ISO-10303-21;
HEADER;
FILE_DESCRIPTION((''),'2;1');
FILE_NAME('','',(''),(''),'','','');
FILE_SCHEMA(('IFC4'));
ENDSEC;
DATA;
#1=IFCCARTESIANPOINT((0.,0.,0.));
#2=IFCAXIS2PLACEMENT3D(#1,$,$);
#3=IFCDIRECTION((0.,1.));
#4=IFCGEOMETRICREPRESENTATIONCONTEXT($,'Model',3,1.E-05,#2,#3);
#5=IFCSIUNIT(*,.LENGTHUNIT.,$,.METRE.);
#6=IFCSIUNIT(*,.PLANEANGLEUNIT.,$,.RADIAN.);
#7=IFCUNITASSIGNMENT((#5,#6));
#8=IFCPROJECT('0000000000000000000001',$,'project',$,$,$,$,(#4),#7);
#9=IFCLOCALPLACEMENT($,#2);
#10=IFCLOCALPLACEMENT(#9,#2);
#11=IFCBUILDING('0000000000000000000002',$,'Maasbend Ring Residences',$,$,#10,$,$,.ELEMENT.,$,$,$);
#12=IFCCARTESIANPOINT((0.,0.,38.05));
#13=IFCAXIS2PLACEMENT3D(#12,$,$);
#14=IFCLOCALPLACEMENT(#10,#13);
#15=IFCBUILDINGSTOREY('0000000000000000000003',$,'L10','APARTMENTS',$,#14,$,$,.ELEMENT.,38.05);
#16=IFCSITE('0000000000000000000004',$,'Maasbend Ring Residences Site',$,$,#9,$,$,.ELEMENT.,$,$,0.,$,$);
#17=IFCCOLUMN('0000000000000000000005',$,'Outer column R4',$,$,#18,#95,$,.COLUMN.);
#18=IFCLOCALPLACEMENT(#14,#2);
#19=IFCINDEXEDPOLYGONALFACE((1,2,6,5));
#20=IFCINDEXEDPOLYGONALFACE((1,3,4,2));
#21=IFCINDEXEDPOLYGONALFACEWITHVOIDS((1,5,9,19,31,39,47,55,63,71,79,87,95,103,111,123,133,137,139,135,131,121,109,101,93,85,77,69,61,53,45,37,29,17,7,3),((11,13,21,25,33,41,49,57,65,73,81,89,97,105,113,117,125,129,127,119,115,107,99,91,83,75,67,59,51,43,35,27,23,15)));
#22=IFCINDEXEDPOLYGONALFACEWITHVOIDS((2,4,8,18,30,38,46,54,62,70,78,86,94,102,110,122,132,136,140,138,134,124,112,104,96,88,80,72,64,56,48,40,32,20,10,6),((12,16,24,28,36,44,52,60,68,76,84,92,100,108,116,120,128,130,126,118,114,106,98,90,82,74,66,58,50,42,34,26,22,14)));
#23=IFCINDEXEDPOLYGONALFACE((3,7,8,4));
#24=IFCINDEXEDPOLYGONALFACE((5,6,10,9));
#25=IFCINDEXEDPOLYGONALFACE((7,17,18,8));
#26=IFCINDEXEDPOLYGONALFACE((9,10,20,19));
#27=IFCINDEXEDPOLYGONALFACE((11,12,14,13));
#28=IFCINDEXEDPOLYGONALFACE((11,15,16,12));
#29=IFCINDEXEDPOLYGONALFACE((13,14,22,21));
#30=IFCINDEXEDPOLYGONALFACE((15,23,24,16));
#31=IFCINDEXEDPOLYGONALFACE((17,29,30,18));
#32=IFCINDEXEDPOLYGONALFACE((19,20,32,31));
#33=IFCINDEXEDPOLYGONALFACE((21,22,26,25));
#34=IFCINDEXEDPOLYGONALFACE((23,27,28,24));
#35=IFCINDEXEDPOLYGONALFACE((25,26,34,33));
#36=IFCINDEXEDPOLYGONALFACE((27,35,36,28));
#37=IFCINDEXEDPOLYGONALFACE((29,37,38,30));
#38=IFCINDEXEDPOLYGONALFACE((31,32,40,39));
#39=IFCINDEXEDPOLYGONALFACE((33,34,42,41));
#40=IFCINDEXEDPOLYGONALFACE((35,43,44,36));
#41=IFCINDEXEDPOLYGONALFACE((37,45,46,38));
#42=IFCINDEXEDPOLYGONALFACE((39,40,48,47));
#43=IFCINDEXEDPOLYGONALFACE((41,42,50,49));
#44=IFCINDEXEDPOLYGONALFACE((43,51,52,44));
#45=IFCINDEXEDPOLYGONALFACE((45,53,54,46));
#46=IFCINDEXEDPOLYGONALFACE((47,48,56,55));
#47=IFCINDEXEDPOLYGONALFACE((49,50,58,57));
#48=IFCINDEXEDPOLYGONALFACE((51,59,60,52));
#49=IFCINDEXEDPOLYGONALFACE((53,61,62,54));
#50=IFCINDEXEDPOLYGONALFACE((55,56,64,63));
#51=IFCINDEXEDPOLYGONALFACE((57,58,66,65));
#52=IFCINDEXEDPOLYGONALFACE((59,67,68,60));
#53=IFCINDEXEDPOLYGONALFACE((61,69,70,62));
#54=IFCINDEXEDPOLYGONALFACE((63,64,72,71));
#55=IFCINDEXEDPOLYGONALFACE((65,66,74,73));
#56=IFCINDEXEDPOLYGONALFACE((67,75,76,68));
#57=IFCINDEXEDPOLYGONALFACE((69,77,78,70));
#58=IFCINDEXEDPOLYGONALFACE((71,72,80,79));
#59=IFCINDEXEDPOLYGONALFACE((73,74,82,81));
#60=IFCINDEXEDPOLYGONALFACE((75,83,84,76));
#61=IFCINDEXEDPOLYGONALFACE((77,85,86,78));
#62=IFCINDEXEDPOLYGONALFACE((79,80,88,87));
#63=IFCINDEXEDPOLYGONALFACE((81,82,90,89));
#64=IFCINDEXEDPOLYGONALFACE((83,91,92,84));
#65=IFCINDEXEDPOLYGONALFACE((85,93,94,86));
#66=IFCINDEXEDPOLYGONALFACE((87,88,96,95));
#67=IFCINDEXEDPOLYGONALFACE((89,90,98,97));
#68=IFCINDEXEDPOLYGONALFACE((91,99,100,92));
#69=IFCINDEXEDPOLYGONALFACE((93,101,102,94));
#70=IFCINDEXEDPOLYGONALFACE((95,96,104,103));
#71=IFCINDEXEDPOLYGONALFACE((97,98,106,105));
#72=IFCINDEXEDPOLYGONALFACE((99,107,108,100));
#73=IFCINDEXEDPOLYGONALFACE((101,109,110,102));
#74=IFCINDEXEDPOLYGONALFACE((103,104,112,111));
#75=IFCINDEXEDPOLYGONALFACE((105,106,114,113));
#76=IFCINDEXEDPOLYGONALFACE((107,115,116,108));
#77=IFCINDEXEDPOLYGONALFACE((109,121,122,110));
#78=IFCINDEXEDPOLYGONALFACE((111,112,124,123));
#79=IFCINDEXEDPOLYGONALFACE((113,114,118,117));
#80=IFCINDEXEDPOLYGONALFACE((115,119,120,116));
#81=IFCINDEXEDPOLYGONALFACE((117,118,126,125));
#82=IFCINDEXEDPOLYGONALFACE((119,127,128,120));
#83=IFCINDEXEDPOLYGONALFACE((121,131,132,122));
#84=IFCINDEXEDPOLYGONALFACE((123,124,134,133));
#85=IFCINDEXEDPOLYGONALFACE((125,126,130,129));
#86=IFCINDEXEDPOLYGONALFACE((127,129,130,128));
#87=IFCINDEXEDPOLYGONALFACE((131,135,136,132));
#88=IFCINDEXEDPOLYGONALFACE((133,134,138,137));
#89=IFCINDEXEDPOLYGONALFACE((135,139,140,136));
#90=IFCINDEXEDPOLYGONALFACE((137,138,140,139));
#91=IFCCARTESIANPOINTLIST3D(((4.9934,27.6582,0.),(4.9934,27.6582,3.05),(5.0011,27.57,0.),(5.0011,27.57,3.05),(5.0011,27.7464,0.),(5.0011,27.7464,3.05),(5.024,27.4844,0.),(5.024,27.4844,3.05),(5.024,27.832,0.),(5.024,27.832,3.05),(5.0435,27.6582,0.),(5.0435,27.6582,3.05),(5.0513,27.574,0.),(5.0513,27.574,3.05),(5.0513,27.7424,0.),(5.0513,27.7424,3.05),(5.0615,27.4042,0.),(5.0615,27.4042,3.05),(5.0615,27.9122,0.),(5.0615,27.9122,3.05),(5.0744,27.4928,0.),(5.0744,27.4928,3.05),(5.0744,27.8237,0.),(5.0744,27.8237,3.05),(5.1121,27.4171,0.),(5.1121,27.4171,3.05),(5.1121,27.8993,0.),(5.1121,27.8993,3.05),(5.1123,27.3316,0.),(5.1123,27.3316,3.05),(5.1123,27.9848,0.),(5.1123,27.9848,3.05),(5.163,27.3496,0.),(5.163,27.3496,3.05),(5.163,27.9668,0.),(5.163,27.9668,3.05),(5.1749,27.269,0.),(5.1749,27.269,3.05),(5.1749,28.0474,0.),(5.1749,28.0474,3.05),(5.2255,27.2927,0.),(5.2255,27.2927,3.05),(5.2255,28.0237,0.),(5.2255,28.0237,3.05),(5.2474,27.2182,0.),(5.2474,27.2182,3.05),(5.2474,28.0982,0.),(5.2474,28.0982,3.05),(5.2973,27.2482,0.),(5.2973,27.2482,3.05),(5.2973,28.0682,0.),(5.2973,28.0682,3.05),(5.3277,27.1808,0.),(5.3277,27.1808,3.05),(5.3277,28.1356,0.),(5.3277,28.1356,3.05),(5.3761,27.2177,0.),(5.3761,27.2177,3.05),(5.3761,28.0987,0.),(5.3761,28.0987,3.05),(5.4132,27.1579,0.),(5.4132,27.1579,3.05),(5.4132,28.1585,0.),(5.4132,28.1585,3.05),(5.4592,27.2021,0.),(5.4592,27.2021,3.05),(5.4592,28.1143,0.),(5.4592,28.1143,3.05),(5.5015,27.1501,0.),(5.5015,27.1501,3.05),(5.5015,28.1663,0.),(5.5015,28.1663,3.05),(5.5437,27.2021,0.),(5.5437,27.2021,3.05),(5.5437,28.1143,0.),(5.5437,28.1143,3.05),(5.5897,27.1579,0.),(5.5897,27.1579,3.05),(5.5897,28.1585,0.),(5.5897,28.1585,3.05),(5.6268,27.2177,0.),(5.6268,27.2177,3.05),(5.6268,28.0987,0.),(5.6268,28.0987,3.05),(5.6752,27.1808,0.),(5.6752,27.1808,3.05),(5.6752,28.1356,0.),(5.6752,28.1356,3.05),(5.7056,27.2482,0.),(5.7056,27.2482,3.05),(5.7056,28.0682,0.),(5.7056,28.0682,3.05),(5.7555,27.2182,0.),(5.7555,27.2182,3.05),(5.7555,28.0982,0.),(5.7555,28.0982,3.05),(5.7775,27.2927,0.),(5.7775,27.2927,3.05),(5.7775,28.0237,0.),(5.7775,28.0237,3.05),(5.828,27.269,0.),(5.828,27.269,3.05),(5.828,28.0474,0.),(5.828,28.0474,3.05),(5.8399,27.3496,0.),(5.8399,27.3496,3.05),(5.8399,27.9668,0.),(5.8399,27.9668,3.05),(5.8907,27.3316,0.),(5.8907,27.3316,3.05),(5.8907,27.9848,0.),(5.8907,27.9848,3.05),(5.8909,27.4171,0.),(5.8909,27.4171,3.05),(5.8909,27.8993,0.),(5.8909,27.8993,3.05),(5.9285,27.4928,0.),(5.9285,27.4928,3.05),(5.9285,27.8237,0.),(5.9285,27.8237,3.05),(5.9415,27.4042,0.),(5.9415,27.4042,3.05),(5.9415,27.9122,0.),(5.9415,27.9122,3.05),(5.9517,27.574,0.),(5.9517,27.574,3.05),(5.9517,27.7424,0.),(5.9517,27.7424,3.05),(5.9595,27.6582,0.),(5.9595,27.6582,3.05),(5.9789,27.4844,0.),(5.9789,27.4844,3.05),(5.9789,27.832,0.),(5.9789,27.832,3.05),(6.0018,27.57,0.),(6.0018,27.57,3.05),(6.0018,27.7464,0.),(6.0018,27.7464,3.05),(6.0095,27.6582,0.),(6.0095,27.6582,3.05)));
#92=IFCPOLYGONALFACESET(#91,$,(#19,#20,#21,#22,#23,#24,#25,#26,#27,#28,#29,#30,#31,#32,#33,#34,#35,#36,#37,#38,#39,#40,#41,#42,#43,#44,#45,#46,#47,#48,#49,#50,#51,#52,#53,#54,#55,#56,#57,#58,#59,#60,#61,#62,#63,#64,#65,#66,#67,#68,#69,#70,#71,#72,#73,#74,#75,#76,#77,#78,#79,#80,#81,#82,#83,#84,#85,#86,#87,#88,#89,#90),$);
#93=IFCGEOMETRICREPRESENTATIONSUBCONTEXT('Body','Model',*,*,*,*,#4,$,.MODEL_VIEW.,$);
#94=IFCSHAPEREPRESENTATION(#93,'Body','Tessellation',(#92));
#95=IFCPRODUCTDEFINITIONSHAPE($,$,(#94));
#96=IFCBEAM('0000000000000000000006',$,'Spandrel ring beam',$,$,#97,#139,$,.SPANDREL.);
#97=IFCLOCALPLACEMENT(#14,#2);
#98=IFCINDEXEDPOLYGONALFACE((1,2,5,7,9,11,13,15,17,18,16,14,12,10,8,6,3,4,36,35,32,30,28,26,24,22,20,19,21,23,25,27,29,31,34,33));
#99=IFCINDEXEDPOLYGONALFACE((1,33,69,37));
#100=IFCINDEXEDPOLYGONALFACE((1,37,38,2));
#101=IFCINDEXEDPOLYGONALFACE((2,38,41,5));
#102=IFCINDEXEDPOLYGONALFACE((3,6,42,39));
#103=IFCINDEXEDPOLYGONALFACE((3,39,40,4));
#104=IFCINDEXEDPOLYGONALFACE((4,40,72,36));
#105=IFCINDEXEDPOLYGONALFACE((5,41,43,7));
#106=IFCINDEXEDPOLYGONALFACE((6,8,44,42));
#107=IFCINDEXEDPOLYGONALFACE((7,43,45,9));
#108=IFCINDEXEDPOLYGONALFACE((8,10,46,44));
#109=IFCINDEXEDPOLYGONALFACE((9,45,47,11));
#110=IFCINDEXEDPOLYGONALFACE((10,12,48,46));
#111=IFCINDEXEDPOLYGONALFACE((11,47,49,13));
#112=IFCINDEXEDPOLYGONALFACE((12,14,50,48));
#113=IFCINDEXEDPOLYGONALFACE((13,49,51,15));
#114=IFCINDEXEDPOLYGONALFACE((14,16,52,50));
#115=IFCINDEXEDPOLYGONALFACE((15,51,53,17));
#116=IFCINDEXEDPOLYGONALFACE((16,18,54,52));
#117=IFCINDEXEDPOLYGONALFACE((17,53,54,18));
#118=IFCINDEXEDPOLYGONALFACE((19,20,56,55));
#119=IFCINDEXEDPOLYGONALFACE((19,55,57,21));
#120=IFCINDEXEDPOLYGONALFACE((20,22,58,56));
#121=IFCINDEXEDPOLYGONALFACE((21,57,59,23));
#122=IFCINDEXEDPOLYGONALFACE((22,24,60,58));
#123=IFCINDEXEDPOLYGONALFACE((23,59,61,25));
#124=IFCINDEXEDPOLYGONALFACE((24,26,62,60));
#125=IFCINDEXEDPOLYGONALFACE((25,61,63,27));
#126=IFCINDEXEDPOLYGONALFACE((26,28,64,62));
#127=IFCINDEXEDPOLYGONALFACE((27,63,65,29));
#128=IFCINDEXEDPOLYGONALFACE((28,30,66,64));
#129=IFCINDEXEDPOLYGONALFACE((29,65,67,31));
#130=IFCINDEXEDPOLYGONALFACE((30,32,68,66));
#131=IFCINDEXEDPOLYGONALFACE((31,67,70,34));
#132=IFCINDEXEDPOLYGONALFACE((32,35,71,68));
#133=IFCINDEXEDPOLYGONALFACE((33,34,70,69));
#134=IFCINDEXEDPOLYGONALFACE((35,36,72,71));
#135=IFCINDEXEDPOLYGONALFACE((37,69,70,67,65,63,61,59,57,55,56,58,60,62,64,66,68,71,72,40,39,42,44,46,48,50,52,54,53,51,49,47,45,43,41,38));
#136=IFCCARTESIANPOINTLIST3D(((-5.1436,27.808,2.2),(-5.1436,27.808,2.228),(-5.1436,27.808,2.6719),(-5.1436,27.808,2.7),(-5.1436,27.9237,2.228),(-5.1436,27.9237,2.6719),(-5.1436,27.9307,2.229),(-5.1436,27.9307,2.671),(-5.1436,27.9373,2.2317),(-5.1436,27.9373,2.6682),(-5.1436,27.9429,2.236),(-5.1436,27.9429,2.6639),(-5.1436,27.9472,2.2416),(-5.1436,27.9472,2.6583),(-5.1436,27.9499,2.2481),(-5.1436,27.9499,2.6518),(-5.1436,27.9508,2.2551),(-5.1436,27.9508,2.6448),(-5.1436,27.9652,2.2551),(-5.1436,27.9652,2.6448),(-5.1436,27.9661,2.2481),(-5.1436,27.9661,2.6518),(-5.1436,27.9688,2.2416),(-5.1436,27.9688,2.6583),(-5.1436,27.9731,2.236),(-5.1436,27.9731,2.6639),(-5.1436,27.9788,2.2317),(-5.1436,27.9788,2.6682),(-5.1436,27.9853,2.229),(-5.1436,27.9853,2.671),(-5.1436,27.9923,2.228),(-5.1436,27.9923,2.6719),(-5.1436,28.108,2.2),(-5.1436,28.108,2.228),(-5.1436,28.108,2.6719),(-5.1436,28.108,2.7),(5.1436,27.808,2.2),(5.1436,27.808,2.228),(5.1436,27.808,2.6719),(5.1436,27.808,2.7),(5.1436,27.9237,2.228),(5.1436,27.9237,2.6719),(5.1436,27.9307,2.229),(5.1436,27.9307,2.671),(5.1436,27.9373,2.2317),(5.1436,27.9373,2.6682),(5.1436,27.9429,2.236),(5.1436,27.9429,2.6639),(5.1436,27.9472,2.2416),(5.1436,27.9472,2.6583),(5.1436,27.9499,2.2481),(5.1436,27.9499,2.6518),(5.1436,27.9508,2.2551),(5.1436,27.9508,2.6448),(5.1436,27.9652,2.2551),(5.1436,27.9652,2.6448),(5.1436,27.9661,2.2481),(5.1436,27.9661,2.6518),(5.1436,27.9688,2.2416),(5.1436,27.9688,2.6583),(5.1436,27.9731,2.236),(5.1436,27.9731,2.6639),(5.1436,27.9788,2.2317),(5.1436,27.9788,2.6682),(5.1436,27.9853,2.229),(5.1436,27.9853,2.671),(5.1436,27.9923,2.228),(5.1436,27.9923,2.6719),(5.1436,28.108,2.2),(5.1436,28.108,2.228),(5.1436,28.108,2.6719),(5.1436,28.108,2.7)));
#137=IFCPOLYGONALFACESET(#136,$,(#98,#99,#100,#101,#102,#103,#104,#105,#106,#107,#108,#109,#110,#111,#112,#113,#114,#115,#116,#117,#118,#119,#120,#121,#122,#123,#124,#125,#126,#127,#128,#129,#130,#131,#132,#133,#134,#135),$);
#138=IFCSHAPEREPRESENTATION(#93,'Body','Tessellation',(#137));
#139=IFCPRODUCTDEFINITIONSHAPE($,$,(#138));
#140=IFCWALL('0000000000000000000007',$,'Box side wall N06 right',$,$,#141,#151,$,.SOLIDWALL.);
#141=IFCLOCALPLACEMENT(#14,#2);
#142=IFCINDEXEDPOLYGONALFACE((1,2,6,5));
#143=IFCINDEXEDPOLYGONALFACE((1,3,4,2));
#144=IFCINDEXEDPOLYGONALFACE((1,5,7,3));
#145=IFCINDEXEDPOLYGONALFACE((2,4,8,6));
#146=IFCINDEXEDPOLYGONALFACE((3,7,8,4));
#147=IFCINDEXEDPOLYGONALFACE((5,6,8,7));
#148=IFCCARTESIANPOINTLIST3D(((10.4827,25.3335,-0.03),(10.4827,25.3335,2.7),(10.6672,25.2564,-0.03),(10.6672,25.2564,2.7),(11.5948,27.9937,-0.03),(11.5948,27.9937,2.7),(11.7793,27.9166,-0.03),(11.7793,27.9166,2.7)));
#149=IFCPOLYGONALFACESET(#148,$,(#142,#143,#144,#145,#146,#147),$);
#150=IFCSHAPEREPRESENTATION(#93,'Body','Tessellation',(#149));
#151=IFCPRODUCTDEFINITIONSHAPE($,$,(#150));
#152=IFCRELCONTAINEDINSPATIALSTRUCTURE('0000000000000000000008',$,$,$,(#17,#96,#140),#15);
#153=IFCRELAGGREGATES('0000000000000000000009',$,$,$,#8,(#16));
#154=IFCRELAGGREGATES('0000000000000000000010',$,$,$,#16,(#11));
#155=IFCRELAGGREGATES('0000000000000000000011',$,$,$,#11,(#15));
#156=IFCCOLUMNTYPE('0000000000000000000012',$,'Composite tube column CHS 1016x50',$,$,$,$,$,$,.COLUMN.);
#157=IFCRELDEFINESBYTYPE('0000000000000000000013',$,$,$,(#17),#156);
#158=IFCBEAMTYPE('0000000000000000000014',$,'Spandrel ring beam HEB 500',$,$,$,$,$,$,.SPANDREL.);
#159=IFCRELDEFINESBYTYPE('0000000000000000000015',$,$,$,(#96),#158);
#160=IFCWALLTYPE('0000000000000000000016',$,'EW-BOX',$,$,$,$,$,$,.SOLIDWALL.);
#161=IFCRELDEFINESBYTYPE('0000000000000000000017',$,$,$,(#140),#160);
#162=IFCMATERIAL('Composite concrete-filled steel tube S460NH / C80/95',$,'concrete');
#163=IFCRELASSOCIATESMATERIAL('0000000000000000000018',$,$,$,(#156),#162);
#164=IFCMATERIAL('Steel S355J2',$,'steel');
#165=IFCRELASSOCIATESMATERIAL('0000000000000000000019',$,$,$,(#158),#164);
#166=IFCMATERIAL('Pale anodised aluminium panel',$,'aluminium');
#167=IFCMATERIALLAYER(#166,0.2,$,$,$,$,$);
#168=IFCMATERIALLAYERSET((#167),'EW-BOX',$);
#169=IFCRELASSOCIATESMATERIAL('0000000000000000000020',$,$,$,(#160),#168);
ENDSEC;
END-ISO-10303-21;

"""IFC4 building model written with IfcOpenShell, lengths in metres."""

from ifc_helpers import new_model, si_unit, direction, frame, frame_2d, origin, origin_2d, place, context, subcontext, project, spatial, rectangle, hollow_circle, i_section, extrude, material, layer, layer_set, material_profile, profile_set, type_object, element, save


model = new_model("IFC4")

# Units and contexts
model_context = context("Model", 3, precision=1e-05, world=origin(), true_north=direction((0.0, 1.0)))
body_context = subcontext(model_context, "Body", "Model", "MODEL_VIEW")
ifc_project = project(units=[si_unit("LENGTHUNIT", "METRE"), si_unit("PLANEANGLEUNIT", "RADIAN")], contexts=[model_context])

# Site, building, storey
site_placement = place(None, origin())
site = spatial("IfcSite", under=ifc_project, at=site_placement, Name="Maasbend Ring Residences Site", CompositionType="ELEMENT", RefElevation=0.0)
building_placement = place(site_placement, origin())
building = spatial("IfcBuilding", under=site, at=building_placement, Name="Maasbend Ring Residences", CompositionType="ELEMENT")
storey_placement = place(building_placement, frame((0.0, 0.0, 38.05)))
storey = spatial("IfcBuildingStorey", under=building, at=storey_placement, Name="L10", Description="APARTMENTS", CompositionType="ELEMENT", Elevation=38.05)

# Column
ifc_material_1 = material(Name="Composite concrete-filled steel tube S460NH / C80/95", Category="concrete")
ifc_material_profile_1 = material_profile(ifc_material_1, hollow_circle(Radius=0.5081, WallThickness=0.05, at=origin_2d()), Name="Composite tube column CHS 1016x50")
ifc_profile_set_1 = profile_set([ifc_material_profile_1], Name="Composite concrete-filled steel tube S460NH / C80/95")
column_type = type_object("IfcColumnType", Name="Composite tube column CHS 1016x50", PredefinedType="COLUMN", material=ifc_profile_set_1)
column_placement = place(storey_placement, frame((5.5015, 27.6582, 0.0), z_axis=(0.0, 0.0, 1.0), x_axis=(1.0, 0.0, 0.0)))
element("IfcColumn", 1, at=column_placement, inside=storey, type_object=column_type, Name="Outer column R4", PredefinedType="COLUMN", context=body_context, shape_type="SweptSolid", body=[
    extrude(hollow_circle(Radius=0.5081, WallThickness=0.05, at=origin_2d()), origin(), (0.0, 0.0, 1.0), 3.05),
])

# Beam
ifc_material_2 = material(Name="Steel S355J2", Category="steel")
ifc_material_profile_2 = material_profile(ifc_material_2, i_section(OverallWidth=0.3, OverallDepth=0.5, WebThickness=0.0144, FlangeThickness=0.0281, FilletRadius=0.0271, at=origin_2d()), Name="HEB 500")
ifc_profile_set_2 = profile_set([ifc_material_profile_2], Name="Steel S355J2")
beam_type = type_object("IfcBeamType", Name="Spandrel ring beam HEB 500", PredefinedType="SPANDREL", material=ifc_profile_set_2)
beam_placement = place(storey_placement, frame((5.1436, 27.958, 2.45), z_axis=(-1.0, 0.0, 0.0), x_axis=(0.0, -1.0, 0.0)))
element("IfcBeam", 2, at=beam_placement, inside=storey, type_object=beam_type, Name="Spandrel ring beam", PredefinedType="SPANDREL", context=body_context, shape_type="SweptSolid", body=[
    extrude(i_section(OverallWidth=0.3, OverallDepth=0.5, WebThickness=0.0144, FlangeThickness=0.0281, FilletRadius=0.0271, at=origin_2d()), origin(), (0.0, 0.0, 1.0), 10.2871),
])

# Wall
ifc_material_3 = material(Name="Pale anodised aluminium panel", Category="aluminium")
ifc_layer_1 = layer(ifc_material_3, 0.2)
ifc_layer_set_1 = layer_set([ifc_layer_1], Name="EW-BOX")
wall_type_1 = type_object("IfcWallType", Name="EW-BOX", PredefinedType="SOLIDWALL", material=ifc_layer_set_1)
wall_1_placement = place(storey_placement, frame((10.575, 25.2949, -0.03), z_axis=(0.0, 0.0, 1.0), x_axis=(0.385697, 0.922625, 0.0)))
element("IfcWall", 3, at=wall_1_placement, inside=storey, type_object=wall_type_1, Name="Box side wall N06 right", PredefinedType="SOLIDWALL", context=body_context, shape_type="SweptSolid", body=[
    extrude(rectangle(XDim=2.8833, YDim=0.2, at=frame_2d((1.4417, 0.0))), origin(), (0.0, 0.0, 1.0), 2.73),
])

save(model, "model.ifc")
